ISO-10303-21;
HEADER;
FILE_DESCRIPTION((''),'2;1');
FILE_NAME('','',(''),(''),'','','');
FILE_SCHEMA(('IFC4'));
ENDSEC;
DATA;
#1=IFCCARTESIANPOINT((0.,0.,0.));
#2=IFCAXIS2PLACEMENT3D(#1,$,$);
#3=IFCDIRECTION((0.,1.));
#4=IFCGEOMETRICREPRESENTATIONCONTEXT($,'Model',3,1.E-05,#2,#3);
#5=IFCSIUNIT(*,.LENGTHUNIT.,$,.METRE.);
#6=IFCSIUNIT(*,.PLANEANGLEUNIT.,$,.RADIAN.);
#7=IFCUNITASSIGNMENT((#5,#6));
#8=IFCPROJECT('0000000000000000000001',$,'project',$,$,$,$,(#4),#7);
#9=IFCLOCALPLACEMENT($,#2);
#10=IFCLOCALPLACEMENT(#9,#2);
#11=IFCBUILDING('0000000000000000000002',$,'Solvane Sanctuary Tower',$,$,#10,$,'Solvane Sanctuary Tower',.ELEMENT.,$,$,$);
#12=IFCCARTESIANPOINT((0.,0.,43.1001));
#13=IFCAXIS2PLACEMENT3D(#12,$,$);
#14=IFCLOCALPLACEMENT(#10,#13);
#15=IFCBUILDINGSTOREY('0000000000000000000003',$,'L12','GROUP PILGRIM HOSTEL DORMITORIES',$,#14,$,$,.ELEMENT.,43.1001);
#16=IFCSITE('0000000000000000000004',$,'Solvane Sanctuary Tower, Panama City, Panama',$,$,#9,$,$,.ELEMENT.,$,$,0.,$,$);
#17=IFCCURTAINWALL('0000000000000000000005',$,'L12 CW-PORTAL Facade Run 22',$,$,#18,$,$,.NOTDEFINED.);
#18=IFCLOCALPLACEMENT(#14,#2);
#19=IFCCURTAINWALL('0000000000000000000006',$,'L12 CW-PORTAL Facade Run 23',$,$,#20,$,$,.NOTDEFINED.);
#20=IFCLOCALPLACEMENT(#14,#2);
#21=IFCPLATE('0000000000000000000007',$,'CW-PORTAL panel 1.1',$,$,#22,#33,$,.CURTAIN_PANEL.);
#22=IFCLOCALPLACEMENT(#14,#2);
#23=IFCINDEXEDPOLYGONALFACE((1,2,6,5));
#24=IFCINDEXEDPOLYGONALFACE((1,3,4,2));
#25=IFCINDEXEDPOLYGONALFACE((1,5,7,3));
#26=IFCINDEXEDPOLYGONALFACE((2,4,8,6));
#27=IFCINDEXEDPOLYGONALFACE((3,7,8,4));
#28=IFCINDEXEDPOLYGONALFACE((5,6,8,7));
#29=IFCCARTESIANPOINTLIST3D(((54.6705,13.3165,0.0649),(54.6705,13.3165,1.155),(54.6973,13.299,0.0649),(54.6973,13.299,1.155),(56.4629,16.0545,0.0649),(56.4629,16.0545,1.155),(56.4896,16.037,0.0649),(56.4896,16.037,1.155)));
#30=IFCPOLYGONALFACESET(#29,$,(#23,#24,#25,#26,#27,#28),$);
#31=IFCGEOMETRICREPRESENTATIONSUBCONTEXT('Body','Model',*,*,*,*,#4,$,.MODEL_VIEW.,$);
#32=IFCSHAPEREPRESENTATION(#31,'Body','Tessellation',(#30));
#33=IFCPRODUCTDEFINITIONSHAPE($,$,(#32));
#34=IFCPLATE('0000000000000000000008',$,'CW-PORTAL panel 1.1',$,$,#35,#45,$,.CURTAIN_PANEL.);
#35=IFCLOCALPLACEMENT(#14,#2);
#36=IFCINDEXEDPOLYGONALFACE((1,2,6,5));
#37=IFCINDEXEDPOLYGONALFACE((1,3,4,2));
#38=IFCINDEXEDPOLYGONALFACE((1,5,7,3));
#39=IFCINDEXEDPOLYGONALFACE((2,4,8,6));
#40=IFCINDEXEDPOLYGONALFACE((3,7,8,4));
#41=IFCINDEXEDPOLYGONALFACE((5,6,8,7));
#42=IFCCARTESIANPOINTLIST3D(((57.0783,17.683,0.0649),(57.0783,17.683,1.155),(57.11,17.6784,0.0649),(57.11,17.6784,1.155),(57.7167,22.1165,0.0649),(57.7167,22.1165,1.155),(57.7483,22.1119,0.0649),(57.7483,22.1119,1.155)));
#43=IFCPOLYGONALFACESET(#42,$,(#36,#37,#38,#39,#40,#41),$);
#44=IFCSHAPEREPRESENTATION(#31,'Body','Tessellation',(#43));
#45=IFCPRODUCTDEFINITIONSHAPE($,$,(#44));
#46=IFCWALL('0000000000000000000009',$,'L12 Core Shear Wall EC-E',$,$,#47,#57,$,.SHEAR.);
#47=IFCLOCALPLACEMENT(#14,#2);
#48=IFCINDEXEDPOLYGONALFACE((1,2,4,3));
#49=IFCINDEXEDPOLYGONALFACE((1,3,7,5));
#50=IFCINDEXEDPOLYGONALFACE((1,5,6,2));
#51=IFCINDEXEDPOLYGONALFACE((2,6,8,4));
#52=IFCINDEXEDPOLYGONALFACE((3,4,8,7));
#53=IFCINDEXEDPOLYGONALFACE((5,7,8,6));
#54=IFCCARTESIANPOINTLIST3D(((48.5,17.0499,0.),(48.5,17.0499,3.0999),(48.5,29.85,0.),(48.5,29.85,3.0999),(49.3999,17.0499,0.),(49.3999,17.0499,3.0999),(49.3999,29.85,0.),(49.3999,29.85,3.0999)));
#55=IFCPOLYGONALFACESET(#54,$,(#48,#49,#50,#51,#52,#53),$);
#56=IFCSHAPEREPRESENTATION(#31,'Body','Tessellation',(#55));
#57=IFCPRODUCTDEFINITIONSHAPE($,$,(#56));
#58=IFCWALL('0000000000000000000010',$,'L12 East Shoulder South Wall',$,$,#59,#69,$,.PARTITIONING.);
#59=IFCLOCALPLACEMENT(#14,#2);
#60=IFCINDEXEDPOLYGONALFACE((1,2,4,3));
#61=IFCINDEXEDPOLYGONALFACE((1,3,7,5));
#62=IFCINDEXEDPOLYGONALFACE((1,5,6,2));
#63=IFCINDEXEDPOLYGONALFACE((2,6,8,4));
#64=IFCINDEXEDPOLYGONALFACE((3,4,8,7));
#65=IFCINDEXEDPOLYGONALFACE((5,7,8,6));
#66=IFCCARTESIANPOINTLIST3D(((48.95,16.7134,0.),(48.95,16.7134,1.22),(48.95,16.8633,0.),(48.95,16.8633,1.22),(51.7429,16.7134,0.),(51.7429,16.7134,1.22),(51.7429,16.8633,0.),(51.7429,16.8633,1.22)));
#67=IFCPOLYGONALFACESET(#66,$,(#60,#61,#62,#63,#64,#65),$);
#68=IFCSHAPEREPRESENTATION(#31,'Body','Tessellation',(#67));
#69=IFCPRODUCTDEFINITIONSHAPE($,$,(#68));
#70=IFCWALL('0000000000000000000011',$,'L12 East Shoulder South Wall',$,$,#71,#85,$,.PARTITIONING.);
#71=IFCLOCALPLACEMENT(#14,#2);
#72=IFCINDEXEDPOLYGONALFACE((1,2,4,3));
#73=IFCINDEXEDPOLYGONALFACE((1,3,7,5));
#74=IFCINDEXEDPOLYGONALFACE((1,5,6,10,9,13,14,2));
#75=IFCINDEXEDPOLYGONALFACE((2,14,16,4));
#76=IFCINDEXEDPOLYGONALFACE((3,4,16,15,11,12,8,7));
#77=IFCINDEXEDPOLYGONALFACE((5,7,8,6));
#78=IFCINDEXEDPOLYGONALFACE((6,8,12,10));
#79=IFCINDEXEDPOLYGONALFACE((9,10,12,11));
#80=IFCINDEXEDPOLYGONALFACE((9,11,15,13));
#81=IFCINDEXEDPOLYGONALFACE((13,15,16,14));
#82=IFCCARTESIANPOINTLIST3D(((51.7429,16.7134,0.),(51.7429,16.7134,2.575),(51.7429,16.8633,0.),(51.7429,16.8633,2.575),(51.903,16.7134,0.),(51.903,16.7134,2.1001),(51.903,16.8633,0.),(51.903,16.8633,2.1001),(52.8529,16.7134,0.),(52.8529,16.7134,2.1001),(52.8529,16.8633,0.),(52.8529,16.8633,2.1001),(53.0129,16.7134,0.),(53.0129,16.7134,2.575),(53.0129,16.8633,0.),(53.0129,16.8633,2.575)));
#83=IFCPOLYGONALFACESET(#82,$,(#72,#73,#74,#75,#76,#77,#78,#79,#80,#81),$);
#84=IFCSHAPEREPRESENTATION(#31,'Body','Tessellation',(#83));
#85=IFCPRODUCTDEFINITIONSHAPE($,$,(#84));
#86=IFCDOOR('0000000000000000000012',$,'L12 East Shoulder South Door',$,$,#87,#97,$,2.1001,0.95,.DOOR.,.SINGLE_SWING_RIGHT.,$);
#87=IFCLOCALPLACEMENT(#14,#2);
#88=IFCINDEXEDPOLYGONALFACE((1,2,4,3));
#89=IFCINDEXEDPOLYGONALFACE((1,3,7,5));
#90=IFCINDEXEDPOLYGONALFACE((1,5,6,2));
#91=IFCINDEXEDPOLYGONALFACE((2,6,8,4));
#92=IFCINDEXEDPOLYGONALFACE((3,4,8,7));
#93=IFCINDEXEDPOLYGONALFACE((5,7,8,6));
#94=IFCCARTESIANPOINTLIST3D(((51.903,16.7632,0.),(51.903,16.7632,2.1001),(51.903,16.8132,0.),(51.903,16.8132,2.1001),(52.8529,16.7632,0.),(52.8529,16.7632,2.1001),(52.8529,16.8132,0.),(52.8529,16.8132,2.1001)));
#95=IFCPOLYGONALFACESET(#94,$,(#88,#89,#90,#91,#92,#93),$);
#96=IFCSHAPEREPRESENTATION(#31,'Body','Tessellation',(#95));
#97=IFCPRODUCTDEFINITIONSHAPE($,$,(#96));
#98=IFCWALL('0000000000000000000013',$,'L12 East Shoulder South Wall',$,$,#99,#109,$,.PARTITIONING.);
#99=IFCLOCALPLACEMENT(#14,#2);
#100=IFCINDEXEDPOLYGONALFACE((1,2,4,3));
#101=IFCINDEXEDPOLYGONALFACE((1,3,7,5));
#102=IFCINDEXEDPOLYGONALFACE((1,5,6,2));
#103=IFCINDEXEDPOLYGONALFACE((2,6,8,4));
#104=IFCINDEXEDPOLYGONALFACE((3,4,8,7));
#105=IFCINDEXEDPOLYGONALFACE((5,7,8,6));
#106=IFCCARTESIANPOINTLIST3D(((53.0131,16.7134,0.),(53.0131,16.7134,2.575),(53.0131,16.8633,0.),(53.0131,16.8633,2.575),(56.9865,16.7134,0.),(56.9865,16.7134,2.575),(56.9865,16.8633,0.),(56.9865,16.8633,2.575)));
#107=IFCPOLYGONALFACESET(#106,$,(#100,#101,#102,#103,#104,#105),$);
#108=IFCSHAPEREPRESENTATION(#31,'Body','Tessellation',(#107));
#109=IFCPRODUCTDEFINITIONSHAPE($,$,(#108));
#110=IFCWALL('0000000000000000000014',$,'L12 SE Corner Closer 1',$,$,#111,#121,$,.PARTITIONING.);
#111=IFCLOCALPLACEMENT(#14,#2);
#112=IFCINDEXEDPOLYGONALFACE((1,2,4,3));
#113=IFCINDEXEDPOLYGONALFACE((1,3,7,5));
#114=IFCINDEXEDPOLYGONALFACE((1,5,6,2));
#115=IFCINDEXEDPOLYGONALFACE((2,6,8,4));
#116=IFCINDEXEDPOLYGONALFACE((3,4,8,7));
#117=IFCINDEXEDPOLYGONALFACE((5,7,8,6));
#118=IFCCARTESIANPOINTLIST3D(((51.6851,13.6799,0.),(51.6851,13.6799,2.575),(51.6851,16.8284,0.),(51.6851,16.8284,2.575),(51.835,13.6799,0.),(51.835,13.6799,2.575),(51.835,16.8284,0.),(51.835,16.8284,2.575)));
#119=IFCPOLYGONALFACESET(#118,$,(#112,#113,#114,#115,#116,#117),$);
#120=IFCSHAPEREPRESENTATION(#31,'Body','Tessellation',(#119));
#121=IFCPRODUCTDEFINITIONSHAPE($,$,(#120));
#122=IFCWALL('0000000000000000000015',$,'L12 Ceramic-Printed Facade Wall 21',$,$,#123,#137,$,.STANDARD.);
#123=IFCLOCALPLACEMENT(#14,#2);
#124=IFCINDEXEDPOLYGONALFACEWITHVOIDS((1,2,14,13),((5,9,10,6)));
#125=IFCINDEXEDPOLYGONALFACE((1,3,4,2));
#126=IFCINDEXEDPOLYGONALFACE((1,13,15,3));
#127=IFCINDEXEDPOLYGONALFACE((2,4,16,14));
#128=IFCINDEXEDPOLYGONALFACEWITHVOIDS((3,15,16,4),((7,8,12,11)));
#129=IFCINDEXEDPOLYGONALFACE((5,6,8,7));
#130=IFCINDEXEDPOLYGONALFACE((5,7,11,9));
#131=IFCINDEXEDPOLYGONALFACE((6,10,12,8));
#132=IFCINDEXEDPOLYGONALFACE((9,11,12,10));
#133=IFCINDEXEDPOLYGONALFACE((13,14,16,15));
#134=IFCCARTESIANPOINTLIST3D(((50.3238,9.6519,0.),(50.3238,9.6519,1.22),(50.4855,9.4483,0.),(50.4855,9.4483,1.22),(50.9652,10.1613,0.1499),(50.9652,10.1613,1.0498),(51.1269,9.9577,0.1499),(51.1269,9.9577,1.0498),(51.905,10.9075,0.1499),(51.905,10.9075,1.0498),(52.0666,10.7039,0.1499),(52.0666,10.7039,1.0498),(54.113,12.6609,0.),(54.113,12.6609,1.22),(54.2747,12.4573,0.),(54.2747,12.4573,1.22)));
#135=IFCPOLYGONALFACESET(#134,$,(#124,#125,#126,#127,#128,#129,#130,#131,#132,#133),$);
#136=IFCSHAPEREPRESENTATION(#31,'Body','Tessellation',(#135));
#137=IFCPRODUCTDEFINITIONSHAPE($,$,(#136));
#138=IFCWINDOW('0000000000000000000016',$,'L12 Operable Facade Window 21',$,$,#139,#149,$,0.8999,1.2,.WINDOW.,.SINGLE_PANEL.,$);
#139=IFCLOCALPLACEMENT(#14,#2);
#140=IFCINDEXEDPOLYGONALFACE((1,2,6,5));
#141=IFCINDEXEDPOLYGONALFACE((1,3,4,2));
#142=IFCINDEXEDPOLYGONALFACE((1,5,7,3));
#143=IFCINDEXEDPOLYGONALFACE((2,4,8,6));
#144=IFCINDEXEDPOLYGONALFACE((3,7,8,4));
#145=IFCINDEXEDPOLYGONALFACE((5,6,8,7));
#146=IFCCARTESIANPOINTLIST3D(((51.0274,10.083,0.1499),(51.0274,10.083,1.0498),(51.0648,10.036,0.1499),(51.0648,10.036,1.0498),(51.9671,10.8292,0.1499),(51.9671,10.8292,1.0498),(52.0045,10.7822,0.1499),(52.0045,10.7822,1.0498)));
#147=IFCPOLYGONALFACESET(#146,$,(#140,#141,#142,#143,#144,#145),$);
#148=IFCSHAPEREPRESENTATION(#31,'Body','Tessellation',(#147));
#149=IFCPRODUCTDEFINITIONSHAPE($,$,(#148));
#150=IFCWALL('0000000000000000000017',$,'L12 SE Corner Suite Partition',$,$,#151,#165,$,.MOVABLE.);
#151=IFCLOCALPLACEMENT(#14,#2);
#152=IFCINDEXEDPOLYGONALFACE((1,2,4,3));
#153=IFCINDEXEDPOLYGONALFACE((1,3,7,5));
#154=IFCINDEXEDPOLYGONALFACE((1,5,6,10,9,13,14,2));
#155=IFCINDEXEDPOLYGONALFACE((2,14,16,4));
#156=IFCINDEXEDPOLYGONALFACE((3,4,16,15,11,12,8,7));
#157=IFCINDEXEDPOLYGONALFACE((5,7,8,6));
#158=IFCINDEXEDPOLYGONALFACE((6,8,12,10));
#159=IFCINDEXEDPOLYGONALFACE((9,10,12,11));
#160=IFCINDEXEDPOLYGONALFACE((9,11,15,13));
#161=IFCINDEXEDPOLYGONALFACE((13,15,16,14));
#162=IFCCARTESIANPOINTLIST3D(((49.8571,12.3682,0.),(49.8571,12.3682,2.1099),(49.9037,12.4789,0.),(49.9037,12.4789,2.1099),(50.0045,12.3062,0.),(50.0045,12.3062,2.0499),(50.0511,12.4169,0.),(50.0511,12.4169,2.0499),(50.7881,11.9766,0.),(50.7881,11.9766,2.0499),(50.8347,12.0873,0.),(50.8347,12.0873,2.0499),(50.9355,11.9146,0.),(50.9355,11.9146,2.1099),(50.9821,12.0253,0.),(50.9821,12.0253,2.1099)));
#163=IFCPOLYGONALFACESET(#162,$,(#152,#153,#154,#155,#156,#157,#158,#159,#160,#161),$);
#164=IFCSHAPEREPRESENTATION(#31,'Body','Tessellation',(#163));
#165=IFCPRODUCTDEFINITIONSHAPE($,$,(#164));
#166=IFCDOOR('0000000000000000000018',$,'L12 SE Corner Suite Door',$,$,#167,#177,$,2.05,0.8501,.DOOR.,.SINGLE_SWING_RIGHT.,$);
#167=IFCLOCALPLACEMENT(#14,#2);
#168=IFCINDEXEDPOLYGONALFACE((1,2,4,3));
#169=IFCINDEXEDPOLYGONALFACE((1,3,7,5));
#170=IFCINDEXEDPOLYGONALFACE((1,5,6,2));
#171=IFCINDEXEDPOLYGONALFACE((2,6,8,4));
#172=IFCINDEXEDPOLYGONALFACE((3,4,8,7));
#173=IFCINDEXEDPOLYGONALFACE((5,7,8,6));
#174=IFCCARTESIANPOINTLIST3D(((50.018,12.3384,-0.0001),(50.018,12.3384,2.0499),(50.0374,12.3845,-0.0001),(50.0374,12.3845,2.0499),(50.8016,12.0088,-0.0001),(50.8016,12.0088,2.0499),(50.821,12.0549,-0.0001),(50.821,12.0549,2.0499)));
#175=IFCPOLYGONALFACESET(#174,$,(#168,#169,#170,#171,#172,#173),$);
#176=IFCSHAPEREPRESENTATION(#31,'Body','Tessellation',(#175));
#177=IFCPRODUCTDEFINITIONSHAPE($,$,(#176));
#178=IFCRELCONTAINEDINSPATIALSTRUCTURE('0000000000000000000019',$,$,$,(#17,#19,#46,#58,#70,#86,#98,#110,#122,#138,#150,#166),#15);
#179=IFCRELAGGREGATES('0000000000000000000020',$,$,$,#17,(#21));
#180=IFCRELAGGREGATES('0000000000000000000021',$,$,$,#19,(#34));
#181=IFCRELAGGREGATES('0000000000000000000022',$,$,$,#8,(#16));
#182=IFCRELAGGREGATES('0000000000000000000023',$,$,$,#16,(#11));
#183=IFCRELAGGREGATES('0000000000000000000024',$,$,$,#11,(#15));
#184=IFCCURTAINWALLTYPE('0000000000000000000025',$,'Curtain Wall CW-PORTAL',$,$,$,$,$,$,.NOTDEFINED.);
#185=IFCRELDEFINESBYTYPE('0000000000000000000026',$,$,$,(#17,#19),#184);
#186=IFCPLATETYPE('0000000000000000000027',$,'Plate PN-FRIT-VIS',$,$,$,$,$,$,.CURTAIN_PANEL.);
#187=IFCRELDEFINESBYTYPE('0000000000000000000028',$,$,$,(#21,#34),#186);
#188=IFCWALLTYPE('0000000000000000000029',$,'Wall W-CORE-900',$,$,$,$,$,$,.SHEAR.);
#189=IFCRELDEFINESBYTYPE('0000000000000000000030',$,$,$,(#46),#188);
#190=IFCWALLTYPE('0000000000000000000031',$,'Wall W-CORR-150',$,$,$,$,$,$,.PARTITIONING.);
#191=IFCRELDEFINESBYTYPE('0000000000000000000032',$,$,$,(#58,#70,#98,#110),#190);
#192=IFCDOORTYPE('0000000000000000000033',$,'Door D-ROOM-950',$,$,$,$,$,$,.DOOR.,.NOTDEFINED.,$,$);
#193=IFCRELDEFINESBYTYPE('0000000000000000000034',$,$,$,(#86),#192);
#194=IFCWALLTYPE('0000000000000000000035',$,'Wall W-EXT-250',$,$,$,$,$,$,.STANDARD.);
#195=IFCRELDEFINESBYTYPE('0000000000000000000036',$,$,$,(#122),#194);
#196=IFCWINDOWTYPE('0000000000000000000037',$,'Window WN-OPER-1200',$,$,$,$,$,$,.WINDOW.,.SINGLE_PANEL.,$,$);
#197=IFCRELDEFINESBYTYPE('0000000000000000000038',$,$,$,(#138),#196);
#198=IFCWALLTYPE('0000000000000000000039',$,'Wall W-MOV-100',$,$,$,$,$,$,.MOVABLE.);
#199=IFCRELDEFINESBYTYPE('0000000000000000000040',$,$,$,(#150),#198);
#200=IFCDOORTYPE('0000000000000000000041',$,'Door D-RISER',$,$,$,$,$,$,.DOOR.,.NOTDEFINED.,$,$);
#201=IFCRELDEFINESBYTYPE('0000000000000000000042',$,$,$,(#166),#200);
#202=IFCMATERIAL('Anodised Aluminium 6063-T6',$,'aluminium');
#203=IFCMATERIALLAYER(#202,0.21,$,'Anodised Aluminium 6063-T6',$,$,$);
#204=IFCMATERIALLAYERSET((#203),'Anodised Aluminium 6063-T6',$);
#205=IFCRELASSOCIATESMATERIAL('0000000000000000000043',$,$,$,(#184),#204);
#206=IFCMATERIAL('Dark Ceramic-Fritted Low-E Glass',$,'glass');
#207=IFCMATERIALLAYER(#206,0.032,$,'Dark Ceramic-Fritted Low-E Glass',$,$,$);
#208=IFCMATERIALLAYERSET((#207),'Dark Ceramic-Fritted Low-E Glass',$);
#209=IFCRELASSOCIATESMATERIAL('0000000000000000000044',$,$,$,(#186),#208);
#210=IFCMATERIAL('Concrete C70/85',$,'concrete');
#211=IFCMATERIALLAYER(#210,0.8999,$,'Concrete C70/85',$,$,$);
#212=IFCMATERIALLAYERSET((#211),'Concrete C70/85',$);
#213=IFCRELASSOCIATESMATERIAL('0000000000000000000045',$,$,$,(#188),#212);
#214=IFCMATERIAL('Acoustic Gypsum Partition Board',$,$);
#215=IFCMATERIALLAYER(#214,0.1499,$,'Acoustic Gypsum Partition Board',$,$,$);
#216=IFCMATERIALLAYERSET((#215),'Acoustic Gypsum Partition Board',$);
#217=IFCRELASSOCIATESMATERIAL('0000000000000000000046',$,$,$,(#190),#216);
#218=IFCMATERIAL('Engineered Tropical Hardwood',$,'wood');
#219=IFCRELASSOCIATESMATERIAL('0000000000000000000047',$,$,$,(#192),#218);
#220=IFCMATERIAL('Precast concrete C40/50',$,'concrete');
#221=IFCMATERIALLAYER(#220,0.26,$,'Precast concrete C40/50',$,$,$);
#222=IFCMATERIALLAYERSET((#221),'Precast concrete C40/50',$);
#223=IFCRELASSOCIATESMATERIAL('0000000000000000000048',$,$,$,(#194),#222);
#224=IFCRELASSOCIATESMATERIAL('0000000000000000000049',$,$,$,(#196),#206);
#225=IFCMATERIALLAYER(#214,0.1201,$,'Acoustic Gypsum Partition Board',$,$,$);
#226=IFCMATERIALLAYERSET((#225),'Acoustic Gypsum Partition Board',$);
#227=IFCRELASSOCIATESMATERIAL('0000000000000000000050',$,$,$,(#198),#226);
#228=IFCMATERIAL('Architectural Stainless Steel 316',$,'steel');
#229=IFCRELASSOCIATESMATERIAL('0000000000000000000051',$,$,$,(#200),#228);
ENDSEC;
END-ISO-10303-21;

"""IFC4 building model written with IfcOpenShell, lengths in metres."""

from ifc_helpers import new_model, si_unit, direction, frame, frame_2d, origin, origin_2d, place, context, subcontext, project, spatial, rectangle, extrude, material, layer, layer_set, type_object, element, fill, aggregate, save


model = new_model("IFC4")

# Units and contexts
model_context = context("Model", 3, precision=1e-05, world=origin(), true_north=direction((0.0, 1.0)))
body_context = subcontext(model_context, "Body", "Model", "MODEL_VIEW")
ifc_project = project(units=[si_unit("LENGTHUNIT", "METRE"), si_unit("PLANEANGLEUNIT", "RADIAN")], contexts=[model_context])

# Site, building, storey
site_placement = place(None, origin())
site = spatial("IfcSite", under=ifc_project, at=site_placement, Name="Solvane Sanctuary Tower, Panama City, Panama", CompositionType="ELEMENT", RefElevation=0.0)
building_placement = place(site_placement, origin())
building = spatial("IfcBuilding", under=site, at=building_placement, Name="Solvane Sanctuary Tower", LongName="Solvane Sanctuary Tower", CompositionType="ELEMENT")
storey_placement = place(building_placement, frame((0.0, 0.0, 43.1001)))
storey = spatial("IfcBuildingStorey", under=building, at=storey_placement, Name="L12", Description="GROUP PILGRIM HOSTEL DORMITORIES", CompositionType="ELEMENT", Elevation=43.1001)

# Shared definitions
ifc_material_1 = material(Name="Concrete C70/85", Category="concrete")

# Curtain walls
ifc_material_2 = material(Name="Anodised Aluminium 6063-T6", Category="aluminium")
ifc_layer_1 = layer(ifc_material_2, 0.21, Name="Anodised Aluminium 6063-T6")
ifc_layer_set_1 = layer_set([ifc_layer_1], Name="Anodised Aluminium 6063-T6")
curtain_wall_type = type_object("IfcCurtainWallType", Name="Curtain Wall CW-PORTAL", PredefinedType="NOTDEFINED", material=ifc_layer_set_1)
curtain_wall_1_placement = place(storey_placement, origin())
curtain_wall_1 = element("IfcCurtainWall", 1, at=curtain_wall_1_placement, inside=storey, type_object=curtain_wall_type, Name="L12 CW-PORTAL Facade Run 22", PredefinedType="NOTDEFINED")
curtain_wall_2_placement = place(storey_placement, origin())
curtain_wall_2 = element("IfcCurtainWall", 2, at=curtain_wall_2_placement, inside=storey, type_object=curtain_wall_type, Name="L12 CW-PORTAL Facade Run 23", PredefinedType="NOTDEFINED")

# Plates
ifc_material_3 = material(Name="Dark Ceramic-Fritted Low-E Glass", Category="glass")
ifc_layer_2 = layer(ifc_material_3, 0.032, Name="Dark Ceramic-Fritted Low-E Glass")
ifc_layer_set_2 = layer_set([ifc_layer_2], Name="Dark Ceramic-Fritted Low-E Glass")
plate_type = type_object("IfcPlateType", Name="Plate PN-FRIT-VIS", PredefinedType="CURTAIN_PANEL", material=ifc_layer_set_2)
plate_1_placement = place(storey_placement, frame((55.5801, 14.6768, 0.0649), z_axis=(0.0, 0.0, 1.0), x_axis=(0.547702, 0.836674, 0.0)))
plate_1 = element("IfcPlate", 3, at=plate_1_placement, type_object=plate_type, Name="CW-PORTAL panel 1.1", PredefinedType="CURTAIN_PANEL", context=body_context, shape_type="SweptSolid", body=[
    extrude(rectangle(XDim=3.2725, YDim=0.032, at=origin_2d()), origin(), (0.0, 0.0, 1.0), 1.0901),
])
aggregate(curtain_wall_1, [plate_1])
plate_2_placement = place(storey_placement, frame((57.4133, 19.8975, 0.0649), z_axis=(0.0, 0.0, 1.0), x_axis=(0.142504, 0.989794, 0.0)))
plate_2 = element("IfcPlate", 4, at=plate_2_placement, type_object=plate_type, Name="CW-PORTAL panel 1.1", PredefinedType="CURTAIN_PANEL", context=body_context, shape_type="SweptSolid", body=[
    extrude(rectangle(XDim=4.4792, YDim=0.032, at=origin_2d()), origin(), (0.0, 0.0, 1.0), 1.0901),
])
aggregate(curtain_wall_2, [plate_2])

# Walls
ifc_layer_3 = layer(ifc_material_1, 0.8999, Name="Concrete C70/85")
ifc_layer_set_3 = layer_set([ifc_layer_3], Name="Concrete C70/85")
wall_type_1 = type_object("IfcWallType", Name="Wall W-CORE-900", PredefinedType="SHEAR", material=ifc_layer_set_3)
wall_1_placement = place(storey_placement, frame((48.95, 17.05, 0.0), z_axis=(0.0, 0.0, 1.0), x_axis=(0.0, 1.0, 0.0)))
element("IfcWall", 5, at=wall_1_placement, inside=storey, type_object=wall_type_1, Name="L12 Core Shear Wall EC-E", PredefinedType="SHEAR", context=body_context, shape_type="SweptSolid", body=[
    extrude(rectangle(XDim=12.8, YDim=0.8999, at=frame_2d((6.3999, 0.0))), origin(), (0.0, 0.0, 1.0), 3.0999),
])
ifc_material_4 = material(Name="Acoustic Gypsum Partition Board")
ifc_layer_4 = layer(ifc_material_4, 0.1499, Name="Acoustic Gypsum Partition Board")
ifc_layer_set_4 = layer_set([ifc_layer_4], Name="Acoustic Gypsum Partition Board")
wall_type_2 = type_object("IfcWallType", Name="Wall W-CORR-150", PredefinedType="PARTITIONING", material=ifc_layer_set_4)
wall_2_placement = place(storey_placement, frame((48.95, 16.7883, 0.0), z_axis=(0.0, 0.0, 1.0), x_axis=(1.0, 0.0, 0.0)))
element("IfcWall", 6, at=wall_2_placement, inside=storey, type_object=wall_type_2, Name="L12 East Shoulder South Wall", PredefinedType="PARTITIONING", context=body_context, shape_type="SweptSolid", body=[
    extrude(rectangle(XDim=2.793, YDim=0.1499, at=frame_2d((1.3965, 0.0))), origin(), (0.0, 0.0, 1.0), 1.22),
])

# Wall, opening, door
wall_3_placement = place(storey_placement, frame((51.7429, 16.7883, 0.0), z_axis=(0.0, 0.0, 1.0), x_axis=(1.0, 0.0, 0.0)))
wall_3 = element("IfcWall", 7, at=wall_3_placement, inside=storey, type_object=wall_type_2, Name="L12 East Shoulder South Wall", PredefinedType="PARTITIONING", context=body_context, shape_type="SweptSolid", body=[
    extrude(rectangle(XDim=1.27, YDim=0.1499, at=frame_2d((0.635, 0.0))), origin(), (0.0, 0.0, 1.0), 2.575),
])
opening_1_placement = place(wall_3_placement, frame((0.1599, 0.0, 0.0)))
opening_1 = element("IfcOpeningElement", 8, at=opening_1_placement, cuts=wall_3, PredefinedType="OPENING", context=body_context, shape_type="SweptSolid", body=[
    extrude(rectangle(XDim=0.95, YDim=2.1001, at=frame_2d((0.4751, 1.05))), frame((0.0, 0.085, 0.0), z_axis=(0.0, -1.0, 0.0), x_axis=(1.0, 0.0, 0.0)), (0.0, 0.0, 1.0), 0.1699),
])
ifc_material_5 = material(Name="Engineered Tropical Hardwood", Category="wood")
door_type_1 = type_object("IfcDoorType", Name="Door D-ROOM-950", OperationType="NOTDEFINED", PredefinedType="DOOR", material=ifc_material_5)
door_1_placement = place(opening_1_placement, origin())
door_1 = element("IfcDoor", 9, at=door_1_placement, inside=storey, type_object=door_type_1, Name="L12 East Shoulder South Door", OperationType="SINGLE_SWING_RIGHT", OverallHeight=2.1001, OverallWidth=0.95, PredefinedType="DOOR", context=body_context, shape_type="SweptSolid", body=[
    extrude(rectangle(XDim=0.95, YDim=2.1001, at=frame_2d((0.4751, 1.05))), frame((0.0, 0.0249, 0.0), z_axis=(0.0, -1.0, 0.0), x_axis=(1.0, 0.0, 0.0)), (0.0, 0.0, 1.0), 0.05),
])
fill(opening_1, door_1)

# Walls
wall_4_placement = place(storey_placement, frame((53.0129, 16.7883, 0.0), z_axis=(0.0, 0.0, 1.0), x_axis=(1.0, 0.0, 0.0)))
element("IfcWall", 10, at=wall_4_placement, inside=storey, type_object=wall_type_2, Name="L12 East Shoulder South Wall", PredefinedType="PARTITIONING", context=body_context, shape_type="SweptSolid", body=[
    extrude(rectangle(XDim=3.9734, YDim=0.1499, at=frame_2d((1.9868, 0.0))), origin(), (0.0, 0.0, 1.0), 2.575),
])
wall_5_placement = place(storey_placement, frame((51.76, 13.6799, 0.0), z_axis=(0.0, 0.0, 1.0), x_axis=(0.0, 1.0, 0.0)))
element("IfcWall", 11, at=wall_5_placement, inside=storey, type_object=wall_type_2, Name="L12 SE Corner Closer 1", PredefinedType="PARTITIONING", context=body_context, shape_type="SweptSolid", body=[
    extrude(rectangle(XDim=3.1484, YDim=0.1499, at=frame_2d((1.5742, 0.0))), origin(), (0.0, 0.0, 1.0), 2.575),
])

# Wall, opening, window
ifc_material_6 = material(Name="Precast concrete C40/50", Category="concrete")
ifc_layer_5 = layer(ifc_material_6, 0.26, Name="Precast concrete C40/50")
ifc_layer_set_5 = layer_set([ifc_layer_5], Name="Precast concrete C40/50")
wall_type_3 = type_object("IfcWallType", Name="Wall W-EXT-250", PredefinedType="STANDARD", material=ifc_layer_set_5)
wall_6_placement = place(storey_placement, frame((50.4045, 9.55, 0.0), z_axis=(0.0, 0.0, 1.0), x_axis=(0.783123, 0.621867, 0.0)))
wall_6 = element("IfcWall", 12, at=wall_6_placement, inside=storey, type_object=wall_type_3, Name="L12 Ceramic-Printed Facade Wall 21", PredefinedType="STANDARD", context=body_context, shape_type="SweptSolid", body=[
    extrude(rectangle(XDim=4.8386, YDim=0.26, at=frame_2d((2.4194, 0.0))), origin(), (0.0, 0.0, 1.0), 1.22),
])
opening_2_placement = place(wall_6_placement, frame((0.8191, 0.0, 0.1499)))
opening_2 = element("IfcOpeningElement", 13, at=opening_2_placement, cuts=wall_6, PredefinedType="OPENING", context=body_context, shape_type="SweptSolid", body=[
    extrude(rectangle(XDim=1.2, YDim=0.8999, at=frame_2d((0.6001, 0.45))), frame((0.0, 0.1399, 0.0), z_axis=(0.0, -1.0, 0.0), x_axis=(1.0, 0.0, 0.0)), (0.0, 0.0, 1.0), 0.28),
])
window_type = type_object("IfcWindowType", Name="Window WN-OPER-1200", PartitioningType="SINGLE_PANEL", PredefinedType="WINDOW", material=ifc_material_3)
window_placement = place(opening_2_placement, origin())
window = element("IfcWindow", 14, at=window_placement, inside=storey, type_object=window_type, Name="L12 Operable Facade Window 21", OverallHeight=0.8999, OverallWidth=1.2, PartitioningType="SINGLE_PANEL", PredefinedType="WINDOW", context=body_context, shape_type="SweptSolid", body=[
    extrude(rectangle(XDim=1.2, YDim=0.8999, at=frame_2d((0.6001, 0.45))), frame((0.0, 0.03, 0.0), z_axis=(0.0, -1.0, 0.0), x_axis=(1.0, 0.0, 0.0)), (0.0, 0.0, 1.0), 0.0601),
])
fill(opening_2, window)

# Wall, opening, door
ifc_layer_6 = layer(ifc_material_4, 0.1201, Name="Acoustic Gypsum Partition Board")
ifc_layer_set_6 = layer_set([ifc_layer_6], Name="Acoustic Gypsum Partition Board")
wall_type_4 = type_object("IfcWallType", Name="Wall W-MOV-100", PredefinedType="MOVABLE", material=ifc_layer_set_6)
wall_7_placement = place(storey_placement, frame((49.8804, 12.4236, 0.0), z_axis=(0.0, 0.0, 1.0), x_axis=(0.921769, -0.38774, 0.0)))
wall_7 = element("IfcWall", 15, at=wall_7_placement, inside=storey, type_object=wall_type_4, Name="L12 SE Corner Suite Partition", PredefinedType="MOVABLE", context=body_context, shape_type="SweptSolid", body=[
    extrude(rectangle(XDim=1.1699, YDim=0.1201, at=frame_2d((0.585, 0.0))), origin(), (0.0, 0.0, 1.0), 2.1099),
])
opening_3_placement = place(wall_7_placement, frame((0.1599, 0.0, 0.0)))
opening_3 = element("IfcOpeningElement", 16, at=opening_3_placement, cuts=wall_7, PredefinedType="OPENING", context=body_context, shape_type="SweptSolid", body=[
    extrude(rectangle(XDim=0.8501, YDim=2.05, at=frame_2d((0.425, 1.0249))), frame((0.0, 0.0701, 0.0), z_axis=(0.0, -1.0, 0.0), x_axis=(1.0, 0.0, 0.0)), (0.0, 0.0, 1.0), 0.1401),
])
ifc_material_7 = material(Name="Architectural Stainless Steel 316", Category="steel")
door_type_2 = type_object("IfcDoorType", Name="Door D-RISER", OperationType="NOTDEFINED", PredefinedType="DOOR", material=ifc_material_7)
door_2_placement = place(opening_3_placement, origin())
door_2 = element("IfcDoor", 17, at=door_2_placement, inside=storey, type_object=door_type_2, Name="L12 SE Corner Suite Door", OperationType="SINGLE_SWING_RIGHT", OverallHeight=2.05, OverallWidth=0.8501, PredefinedType="DOOR", context=body_context, shape_type="SweptSolid", body=[
    extrude(rectangle(XDim=0.8501, YDim=2.05, at=frame_2d((0.425, 1.0249))), frame((0.0, 0.0249, 0.0), z_axis=(0.0, -1.0, 0.0), x_axis=(1.0, 0.0, 0.0)), (0.0, 0.0, 1.0), 0.05),
])
fill(opening_3, door_2)

save(model, "model.ifc")
